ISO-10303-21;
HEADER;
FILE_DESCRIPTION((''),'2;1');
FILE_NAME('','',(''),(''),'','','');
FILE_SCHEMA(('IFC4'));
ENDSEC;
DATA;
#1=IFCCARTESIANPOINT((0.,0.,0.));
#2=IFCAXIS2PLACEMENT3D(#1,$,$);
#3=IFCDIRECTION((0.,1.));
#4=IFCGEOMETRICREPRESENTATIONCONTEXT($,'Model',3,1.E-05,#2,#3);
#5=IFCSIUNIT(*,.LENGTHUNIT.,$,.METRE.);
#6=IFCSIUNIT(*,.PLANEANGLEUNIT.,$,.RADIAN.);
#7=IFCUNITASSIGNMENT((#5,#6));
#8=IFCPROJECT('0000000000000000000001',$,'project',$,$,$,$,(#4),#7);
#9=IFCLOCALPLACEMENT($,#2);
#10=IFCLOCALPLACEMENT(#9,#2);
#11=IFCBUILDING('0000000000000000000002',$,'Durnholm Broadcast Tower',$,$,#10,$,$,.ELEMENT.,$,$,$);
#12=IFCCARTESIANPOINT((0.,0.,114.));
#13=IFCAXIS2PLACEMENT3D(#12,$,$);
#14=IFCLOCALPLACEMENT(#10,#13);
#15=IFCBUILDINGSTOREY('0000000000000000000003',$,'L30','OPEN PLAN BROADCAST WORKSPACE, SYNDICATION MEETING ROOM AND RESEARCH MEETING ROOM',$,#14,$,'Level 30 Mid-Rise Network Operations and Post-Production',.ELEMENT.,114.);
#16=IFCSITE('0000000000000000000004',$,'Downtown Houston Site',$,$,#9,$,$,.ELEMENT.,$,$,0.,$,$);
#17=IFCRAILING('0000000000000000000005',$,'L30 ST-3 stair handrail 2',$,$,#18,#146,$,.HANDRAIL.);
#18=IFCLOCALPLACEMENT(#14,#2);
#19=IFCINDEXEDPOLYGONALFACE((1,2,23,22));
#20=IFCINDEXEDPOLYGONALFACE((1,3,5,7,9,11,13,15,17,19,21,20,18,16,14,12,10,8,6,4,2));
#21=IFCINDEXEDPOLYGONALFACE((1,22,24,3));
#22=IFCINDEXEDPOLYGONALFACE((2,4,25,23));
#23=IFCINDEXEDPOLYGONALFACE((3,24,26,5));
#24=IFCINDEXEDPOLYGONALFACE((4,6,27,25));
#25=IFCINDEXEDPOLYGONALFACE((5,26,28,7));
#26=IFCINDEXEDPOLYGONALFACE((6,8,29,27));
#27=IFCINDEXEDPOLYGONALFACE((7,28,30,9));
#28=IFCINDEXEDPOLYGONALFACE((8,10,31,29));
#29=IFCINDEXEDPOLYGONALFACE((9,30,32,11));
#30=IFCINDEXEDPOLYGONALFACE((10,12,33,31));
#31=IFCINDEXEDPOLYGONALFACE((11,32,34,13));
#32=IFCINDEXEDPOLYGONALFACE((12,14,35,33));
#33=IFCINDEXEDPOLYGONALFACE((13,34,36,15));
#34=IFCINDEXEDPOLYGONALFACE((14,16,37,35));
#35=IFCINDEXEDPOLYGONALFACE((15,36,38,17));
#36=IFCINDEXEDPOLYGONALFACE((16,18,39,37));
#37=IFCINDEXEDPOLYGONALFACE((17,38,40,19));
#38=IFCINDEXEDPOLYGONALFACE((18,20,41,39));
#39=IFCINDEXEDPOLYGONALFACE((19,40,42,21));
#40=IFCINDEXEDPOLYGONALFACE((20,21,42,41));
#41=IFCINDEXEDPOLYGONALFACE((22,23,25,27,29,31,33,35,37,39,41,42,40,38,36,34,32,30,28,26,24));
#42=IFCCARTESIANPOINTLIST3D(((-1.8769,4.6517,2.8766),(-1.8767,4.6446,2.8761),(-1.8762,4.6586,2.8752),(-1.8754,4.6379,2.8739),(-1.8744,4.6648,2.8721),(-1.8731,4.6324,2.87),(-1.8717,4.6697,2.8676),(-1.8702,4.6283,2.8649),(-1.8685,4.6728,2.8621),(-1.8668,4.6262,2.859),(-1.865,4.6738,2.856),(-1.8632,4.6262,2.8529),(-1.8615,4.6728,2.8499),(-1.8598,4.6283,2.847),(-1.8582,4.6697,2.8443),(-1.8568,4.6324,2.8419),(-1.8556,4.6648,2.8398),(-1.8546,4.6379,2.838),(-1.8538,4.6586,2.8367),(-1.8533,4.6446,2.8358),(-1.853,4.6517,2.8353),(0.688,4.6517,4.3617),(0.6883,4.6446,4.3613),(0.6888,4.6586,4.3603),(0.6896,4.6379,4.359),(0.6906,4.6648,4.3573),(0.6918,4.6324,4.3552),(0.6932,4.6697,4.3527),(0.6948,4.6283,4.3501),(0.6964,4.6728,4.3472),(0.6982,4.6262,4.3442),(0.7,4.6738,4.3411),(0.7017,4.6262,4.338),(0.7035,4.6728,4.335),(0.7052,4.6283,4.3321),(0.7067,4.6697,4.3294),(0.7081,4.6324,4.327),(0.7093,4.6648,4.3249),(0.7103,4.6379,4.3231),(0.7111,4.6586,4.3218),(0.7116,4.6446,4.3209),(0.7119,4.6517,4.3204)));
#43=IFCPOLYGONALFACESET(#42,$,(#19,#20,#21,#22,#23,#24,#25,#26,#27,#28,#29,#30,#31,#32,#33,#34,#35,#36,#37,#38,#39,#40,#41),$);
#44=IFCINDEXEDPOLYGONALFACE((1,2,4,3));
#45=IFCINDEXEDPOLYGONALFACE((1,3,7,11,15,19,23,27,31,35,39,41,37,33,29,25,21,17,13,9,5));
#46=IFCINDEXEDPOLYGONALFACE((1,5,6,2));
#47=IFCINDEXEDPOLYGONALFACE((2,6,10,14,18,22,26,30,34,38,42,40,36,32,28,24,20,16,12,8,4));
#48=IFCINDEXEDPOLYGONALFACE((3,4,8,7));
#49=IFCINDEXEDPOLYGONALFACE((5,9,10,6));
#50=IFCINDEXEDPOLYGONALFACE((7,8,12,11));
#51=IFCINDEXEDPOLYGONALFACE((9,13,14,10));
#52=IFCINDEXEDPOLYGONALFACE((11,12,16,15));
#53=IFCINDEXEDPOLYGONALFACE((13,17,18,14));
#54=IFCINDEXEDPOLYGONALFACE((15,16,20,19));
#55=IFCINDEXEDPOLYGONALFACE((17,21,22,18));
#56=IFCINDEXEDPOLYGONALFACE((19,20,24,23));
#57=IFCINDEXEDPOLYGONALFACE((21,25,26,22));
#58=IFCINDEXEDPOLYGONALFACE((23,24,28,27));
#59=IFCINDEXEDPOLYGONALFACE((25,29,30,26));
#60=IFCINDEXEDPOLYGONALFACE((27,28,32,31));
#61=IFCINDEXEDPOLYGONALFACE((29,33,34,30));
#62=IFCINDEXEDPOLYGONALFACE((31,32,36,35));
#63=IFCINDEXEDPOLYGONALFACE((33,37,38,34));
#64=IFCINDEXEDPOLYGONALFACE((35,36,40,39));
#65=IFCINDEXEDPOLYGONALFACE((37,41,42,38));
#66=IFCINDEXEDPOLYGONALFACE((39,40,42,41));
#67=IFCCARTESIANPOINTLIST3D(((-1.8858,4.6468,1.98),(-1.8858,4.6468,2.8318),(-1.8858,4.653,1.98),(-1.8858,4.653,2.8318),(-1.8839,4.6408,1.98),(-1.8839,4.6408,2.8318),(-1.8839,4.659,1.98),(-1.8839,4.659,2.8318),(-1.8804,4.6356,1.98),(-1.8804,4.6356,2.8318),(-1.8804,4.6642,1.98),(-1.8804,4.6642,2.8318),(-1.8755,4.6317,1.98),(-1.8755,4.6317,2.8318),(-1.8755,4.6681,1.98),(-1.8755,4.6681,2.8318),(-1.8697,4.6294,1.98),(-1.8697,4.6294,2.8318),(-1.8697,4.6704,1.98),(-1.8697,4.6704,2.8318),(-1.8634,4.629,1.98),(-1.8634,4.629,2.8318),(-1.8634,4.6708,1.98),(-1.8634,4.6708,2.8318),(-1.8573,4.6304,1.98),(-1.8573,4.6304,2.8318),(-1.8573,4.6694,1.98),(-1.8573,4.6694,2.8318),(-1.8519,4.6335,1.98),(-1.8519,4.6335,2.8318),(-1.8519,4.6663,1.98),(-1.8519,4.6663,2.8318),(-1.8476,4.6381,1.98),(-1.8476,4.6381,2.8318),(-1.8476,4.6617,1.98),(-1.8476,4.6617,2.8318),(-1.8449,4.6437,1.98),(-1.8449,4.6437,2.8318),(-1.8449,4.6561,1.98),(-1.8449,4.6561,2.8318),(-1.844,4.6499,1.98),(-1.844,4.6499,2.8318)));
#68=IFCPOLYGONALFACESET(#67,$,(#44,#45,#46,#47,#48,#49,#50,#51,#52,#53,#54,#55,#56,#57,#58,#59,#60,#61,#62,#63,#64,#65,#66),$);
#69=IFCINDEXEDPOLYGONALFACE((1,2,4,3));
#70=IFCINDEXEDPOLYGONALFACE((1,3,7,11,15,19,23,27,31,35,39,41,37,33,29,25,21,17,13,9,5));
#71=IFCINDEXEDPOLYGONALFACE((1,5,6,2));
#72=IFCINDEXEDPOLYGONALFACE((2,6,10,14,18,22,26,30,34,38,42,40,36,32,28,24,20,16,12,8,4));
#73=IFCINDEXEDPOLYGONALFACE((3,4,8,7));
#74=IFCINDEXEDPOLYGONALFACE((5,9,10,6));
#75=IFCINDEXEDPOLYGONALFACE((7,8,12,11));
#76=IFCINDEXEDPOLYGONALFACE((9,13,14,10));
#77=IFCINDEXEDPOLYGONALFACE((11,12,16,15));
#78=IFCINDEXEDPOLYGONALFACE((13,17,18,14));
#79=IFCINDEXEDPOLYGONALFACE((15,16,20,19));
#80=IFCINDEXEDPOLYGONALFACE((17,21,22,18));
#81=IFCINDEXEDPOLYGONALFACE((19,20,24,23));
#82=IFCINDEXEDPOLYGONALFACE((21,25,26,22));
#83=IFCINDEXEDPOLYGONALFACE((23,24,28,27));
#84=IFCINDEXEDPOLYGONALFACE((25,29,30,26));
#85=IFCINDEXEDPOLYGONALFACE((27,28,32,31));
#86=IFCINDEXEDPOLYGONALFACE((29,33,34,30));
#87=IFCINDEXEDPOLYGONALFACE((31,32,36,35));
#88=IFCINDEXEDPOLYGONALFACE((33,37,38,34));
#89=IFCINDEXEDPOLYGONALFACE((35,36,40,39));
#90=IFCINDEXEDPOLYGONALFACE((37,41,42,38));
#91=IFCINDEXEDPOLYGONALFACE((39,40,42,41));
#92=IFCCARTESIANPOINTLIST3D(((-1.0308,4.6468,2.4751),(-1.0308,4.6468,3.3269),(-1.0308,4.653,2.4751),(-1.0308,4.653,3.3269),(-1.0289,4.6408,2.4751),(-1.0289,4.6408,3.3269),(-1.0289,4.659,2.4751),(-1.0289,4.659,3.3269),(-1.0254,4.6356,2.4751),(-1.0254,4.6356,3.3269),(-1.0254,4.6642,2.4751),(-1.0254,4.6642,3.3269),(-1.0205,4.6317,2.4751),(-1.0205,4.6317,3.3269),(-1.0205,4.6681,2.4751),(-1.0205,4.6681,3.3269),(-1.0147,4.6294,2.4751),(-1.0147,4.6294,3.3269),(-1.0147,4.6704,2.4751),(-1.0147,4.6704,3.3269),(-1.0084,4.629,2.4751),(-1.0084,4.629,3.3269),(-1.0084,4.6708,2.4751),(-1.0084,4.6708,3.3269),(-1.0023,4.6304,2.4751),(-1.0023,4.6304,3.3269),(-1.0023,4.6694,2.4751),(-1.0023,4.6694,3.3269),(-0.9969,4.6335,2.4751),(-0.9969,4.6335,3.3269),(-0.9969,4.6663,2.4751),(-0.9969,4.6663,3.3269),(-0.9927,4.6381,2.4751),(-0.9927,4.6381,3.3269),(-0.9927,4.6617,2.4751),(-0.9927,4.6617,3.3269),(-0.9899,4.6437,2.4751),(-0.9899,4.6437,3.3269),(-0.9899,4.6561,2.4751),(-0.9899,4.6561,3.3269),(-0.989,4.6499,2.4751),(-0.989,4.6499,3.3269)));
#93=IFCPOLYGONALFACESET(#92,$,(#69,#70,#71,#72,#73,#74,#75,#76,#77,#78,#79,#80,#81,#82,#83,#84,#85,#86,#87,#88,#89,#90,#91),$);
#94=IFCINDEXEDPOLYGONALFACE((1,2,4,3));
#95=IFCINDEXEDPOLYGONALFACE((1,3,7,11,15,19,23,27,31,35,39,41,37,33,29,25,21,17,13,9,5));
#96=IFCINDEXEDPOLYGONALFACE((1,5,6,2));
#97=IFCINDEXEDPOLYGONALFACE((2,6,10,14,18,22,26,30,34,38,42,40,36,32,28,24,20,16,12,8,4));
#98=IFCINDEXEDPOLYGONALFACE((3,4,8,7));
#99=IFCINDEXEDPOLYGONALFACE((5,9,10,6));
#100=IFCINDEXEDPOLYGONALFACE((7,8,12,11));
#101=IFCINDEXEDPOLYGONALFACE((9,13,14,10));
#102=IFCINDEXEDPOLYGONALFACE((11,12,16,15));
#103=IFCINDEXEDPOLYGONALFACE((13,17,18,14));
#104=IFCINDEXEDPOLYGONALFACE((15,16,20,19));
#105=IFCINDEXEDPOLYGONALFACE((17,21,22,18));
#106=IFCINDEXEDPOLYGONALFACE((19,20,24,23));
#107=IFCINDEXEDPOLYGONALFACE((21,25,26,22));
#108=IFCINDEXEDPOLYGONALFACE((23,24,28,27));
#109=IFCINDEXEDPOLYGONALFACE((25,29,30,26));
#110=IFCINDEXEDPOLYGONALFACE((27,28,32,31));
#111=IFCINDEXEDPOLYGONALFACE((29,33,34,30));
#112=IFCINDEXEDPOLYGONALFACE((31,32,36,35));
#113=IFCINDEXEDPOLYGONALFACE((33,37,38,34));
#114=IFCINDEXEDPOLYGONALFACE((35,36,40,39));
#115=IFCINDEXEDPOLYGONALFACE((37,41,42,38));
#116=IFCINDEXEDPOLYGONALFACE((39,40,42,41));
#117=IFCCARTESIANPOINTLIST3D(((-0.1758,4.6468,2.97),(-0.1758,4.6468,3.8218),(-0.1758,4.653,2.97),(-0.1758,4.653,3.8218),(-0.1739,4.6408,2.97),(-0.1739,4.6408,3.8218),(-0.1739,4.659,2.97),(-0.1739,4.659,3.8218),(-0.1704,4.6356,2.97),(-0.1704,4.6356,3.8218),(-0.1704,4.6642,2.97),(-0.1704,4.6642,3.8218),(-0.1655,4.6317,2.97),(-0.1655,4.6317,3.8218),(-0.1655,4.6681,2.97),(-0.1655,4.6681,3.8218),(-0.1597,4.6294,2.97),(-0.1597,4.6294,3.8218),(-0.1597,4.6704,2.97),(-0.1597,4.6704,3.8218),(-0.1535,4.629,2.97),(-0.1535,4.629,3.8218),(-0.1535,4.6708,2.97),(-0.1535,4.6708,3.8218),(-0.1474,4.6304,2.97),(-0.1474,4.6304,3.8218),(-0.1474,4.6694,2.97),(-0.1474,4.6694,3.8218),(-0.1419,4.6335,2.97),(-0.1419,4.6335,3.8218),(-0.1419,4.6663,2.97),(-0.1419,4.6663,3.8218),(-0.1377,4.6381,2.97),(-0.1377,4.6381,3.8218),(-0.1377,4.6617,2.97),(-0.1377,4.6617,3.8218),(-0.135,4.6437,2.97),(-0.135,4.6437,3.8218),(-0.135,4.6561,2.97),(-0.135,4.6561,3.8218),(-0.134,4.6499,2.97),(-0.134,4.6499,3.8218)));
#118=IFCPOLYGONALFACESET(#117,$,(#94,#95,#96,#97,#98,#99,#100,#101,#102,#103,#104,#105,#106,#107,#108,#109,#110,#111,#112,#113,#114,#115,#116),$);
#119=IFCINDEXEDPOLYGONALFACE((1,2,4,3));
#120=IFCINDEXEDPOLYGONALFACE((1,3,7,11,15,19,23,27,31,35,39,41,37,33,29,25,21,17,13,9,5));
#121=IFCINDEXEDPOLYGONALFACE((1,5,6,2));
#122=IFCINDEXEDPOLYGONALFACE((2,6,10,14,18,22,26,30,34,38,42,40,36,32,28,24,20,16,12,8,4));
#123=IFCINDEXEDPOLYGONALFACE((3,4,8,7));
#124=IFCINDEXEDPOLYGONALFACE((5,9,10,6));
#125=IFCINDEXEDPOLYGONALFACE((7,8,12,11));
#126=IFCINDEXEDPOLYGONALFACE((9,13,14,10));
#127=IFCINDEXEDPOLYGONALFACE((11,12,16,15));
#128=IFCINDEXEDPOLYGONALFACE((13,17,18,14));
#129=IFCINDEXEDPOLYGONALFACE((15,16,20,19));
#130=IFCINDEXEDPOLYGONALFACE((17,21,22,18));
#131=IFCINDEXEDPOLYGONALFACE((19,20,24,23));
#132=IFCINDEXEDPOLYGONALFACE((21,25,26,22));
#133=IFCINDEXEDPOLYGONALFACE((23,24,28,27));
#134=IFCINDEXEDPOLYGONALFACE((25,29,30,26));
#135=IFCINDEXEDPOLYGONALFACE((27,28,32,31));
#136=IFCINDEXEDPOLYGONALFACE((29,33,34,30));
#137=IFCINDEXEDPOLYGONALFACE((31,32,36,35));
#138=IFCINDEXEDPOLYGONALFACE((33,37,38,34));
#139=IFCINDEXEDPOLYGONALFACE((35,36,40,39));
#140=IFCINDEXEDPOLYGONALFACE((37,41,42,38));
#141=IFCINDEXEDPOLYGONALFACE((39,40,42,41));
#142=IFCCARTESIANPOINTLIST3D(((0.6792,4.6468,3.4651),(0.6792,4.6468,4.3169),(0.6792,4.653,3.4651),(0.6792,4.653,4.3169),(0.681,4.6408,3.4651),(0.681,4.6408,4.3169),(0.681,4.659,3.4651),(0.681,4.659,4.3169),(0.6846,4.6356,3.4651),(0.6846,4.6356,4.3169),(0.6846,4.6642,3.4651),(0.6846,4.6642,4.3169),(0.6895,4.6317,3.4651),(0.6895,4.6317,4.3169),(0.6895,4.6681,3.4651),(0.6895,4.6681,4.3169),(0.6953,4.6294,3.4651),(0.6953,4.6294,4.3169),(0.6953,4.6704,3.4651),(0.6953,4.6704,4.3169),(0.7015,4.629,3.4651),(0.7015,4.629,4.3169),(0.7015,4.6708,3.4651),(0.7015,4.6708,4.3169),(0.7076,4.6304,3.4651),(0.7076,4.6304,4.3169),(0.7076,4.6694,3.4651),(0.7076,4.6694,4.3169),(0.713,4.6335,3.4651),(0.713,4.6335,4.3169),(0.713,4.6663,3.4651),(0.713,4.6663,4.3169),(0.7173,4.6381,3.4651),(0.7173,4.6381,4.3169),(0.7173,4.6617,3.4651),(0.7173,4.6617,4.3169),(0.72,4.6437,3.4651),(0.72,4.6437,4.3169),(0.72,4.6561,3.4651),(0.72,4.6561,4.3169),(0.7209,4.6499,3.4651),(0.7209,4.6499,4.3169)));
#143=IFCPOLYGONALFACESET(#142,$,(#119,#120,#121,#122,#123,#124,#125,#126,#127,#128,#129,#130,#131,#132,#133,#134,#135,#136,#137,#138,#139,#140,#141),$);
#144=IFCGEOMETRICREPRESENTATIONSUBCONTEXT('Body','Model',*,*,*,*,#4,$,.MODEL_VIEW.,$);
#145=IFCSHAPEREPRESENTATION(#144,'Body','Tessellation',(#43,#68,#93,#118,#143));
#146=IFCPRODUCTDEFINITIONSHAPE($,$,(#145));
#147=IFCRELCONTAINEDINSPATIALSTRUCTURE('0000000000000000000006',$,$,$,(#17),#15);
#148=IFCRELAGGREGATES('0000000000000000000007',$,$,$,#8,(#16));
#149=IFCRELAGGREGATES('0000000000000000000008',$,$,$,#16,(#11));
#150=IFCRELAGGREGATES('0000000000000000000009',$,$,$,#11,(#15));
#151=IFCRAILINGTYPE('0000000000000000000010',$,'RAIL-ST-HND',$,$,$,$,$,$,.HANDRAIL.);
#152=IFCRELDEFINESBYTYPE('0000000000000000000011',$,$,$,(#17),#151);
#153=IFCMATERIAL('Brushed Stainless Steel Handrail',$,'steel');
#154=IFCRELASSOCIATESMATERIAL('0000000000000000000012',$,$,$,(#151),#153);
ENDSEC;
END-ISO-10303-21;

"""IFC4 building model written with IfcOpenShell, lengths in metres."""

from ifc_helpers import new_model, si_unit, direction, frame, origin, origin_2d, place, context, subcontext, project, spatial, circle, extrude, material, type_object, element, save


model = new_model("IFC4")

# Units and contexts
model_context = context("Model", 3, precision=1e-05, world=origin(), true_north=direction((0.0, 1.0)))
body_context = subcontext(model_context, "Body", "Model", "MODEL_VIEW")
ifc_project = project(units=[si_unit("LENGTHUNIT", "METRE"), si_unit("PLANEANGLEUNIT", "RADIAN")], contexts=[model_context])

# Site, building, storey
site_placement = place(None, origin())
site = spatial("IfcSite", under=ifc_project, at=site_placement, Name="Downtown Houston Site", CompositionType="ELEMENT", RefElevation=0.0)
building_placement = place(site_placement, origin())
building = spatial("IfcBuilding", under=site, at=building_placement, Name="Durnholm Broadcast Tower", CompositionType="ELEMENT")
storey_placement = place(building_placement, frame((0.0, 0.0, 114.0)))
storey = spatial("IfcBuildingStorey", under=building, at=storey_placement, Name="L30", Description="OPEN PLAN BROADCAST WORKSPACE, SYNDICATION MEETING ROOM AND RESEARCH MEETING ROOM", LongName="Level 30 Mid-Rise Network Operations and Post-Production", CompositionType="ELEMENT", Elevation=114.0)

# Railing
ifc_material_1 = material(Name="Brushed Stainless Steel Handrail", Category="steel")
railing_type_1 = type_object("IfcRailingType", Name="RAIL-ST-HND", PredefinedType="HANDRAIL", material=ifc_material_1)
railing_1_placement = place(storey_placement, frame((-1.865, 4.6499, 1.98)))
element("IfcRailing", 1, at=railing_1_placement, inside=storey, type_object=railing_type_1, Name="L30 ST-3 stair handrail 2", PredefinedType="HANDRAIL", context=body_context, shape_type="SweptSolid", body=[
    extrude(circle(Radius=0.0239, at=origin_2d()), frame((0.0, 0.0, 0.876), z_axis=(0.865406, 0.0, 0.501072), x_axis=(0.0, 1.0, 0.0)), (0.0, 0.0, 1.0), 2.9639),
    extrude(circle(Radius=0.021, at=origin_2d()), origin(), (0.0, 0.0, 1.0), 0.8518),
    extrude(circle(Radius=0.021, at=origin_2d()), frame((0.855, 0.0, 0.4951)), (0.0, 0.0, 1.0), 0.8518),
    extrude(circle(Radius=0.021, at=origin_2d()), frame((1.71, 0.0, 0.99)), (0.0, 0.0, 1.0), 0.8518),
    extrude(circle(Radius=0.021, at=origin_2d()), frame((2.5649, 0.0, 1.4851)), (0.0, 0.0, 1.0), 0.8518),
])

save(model, "model.ifc")
